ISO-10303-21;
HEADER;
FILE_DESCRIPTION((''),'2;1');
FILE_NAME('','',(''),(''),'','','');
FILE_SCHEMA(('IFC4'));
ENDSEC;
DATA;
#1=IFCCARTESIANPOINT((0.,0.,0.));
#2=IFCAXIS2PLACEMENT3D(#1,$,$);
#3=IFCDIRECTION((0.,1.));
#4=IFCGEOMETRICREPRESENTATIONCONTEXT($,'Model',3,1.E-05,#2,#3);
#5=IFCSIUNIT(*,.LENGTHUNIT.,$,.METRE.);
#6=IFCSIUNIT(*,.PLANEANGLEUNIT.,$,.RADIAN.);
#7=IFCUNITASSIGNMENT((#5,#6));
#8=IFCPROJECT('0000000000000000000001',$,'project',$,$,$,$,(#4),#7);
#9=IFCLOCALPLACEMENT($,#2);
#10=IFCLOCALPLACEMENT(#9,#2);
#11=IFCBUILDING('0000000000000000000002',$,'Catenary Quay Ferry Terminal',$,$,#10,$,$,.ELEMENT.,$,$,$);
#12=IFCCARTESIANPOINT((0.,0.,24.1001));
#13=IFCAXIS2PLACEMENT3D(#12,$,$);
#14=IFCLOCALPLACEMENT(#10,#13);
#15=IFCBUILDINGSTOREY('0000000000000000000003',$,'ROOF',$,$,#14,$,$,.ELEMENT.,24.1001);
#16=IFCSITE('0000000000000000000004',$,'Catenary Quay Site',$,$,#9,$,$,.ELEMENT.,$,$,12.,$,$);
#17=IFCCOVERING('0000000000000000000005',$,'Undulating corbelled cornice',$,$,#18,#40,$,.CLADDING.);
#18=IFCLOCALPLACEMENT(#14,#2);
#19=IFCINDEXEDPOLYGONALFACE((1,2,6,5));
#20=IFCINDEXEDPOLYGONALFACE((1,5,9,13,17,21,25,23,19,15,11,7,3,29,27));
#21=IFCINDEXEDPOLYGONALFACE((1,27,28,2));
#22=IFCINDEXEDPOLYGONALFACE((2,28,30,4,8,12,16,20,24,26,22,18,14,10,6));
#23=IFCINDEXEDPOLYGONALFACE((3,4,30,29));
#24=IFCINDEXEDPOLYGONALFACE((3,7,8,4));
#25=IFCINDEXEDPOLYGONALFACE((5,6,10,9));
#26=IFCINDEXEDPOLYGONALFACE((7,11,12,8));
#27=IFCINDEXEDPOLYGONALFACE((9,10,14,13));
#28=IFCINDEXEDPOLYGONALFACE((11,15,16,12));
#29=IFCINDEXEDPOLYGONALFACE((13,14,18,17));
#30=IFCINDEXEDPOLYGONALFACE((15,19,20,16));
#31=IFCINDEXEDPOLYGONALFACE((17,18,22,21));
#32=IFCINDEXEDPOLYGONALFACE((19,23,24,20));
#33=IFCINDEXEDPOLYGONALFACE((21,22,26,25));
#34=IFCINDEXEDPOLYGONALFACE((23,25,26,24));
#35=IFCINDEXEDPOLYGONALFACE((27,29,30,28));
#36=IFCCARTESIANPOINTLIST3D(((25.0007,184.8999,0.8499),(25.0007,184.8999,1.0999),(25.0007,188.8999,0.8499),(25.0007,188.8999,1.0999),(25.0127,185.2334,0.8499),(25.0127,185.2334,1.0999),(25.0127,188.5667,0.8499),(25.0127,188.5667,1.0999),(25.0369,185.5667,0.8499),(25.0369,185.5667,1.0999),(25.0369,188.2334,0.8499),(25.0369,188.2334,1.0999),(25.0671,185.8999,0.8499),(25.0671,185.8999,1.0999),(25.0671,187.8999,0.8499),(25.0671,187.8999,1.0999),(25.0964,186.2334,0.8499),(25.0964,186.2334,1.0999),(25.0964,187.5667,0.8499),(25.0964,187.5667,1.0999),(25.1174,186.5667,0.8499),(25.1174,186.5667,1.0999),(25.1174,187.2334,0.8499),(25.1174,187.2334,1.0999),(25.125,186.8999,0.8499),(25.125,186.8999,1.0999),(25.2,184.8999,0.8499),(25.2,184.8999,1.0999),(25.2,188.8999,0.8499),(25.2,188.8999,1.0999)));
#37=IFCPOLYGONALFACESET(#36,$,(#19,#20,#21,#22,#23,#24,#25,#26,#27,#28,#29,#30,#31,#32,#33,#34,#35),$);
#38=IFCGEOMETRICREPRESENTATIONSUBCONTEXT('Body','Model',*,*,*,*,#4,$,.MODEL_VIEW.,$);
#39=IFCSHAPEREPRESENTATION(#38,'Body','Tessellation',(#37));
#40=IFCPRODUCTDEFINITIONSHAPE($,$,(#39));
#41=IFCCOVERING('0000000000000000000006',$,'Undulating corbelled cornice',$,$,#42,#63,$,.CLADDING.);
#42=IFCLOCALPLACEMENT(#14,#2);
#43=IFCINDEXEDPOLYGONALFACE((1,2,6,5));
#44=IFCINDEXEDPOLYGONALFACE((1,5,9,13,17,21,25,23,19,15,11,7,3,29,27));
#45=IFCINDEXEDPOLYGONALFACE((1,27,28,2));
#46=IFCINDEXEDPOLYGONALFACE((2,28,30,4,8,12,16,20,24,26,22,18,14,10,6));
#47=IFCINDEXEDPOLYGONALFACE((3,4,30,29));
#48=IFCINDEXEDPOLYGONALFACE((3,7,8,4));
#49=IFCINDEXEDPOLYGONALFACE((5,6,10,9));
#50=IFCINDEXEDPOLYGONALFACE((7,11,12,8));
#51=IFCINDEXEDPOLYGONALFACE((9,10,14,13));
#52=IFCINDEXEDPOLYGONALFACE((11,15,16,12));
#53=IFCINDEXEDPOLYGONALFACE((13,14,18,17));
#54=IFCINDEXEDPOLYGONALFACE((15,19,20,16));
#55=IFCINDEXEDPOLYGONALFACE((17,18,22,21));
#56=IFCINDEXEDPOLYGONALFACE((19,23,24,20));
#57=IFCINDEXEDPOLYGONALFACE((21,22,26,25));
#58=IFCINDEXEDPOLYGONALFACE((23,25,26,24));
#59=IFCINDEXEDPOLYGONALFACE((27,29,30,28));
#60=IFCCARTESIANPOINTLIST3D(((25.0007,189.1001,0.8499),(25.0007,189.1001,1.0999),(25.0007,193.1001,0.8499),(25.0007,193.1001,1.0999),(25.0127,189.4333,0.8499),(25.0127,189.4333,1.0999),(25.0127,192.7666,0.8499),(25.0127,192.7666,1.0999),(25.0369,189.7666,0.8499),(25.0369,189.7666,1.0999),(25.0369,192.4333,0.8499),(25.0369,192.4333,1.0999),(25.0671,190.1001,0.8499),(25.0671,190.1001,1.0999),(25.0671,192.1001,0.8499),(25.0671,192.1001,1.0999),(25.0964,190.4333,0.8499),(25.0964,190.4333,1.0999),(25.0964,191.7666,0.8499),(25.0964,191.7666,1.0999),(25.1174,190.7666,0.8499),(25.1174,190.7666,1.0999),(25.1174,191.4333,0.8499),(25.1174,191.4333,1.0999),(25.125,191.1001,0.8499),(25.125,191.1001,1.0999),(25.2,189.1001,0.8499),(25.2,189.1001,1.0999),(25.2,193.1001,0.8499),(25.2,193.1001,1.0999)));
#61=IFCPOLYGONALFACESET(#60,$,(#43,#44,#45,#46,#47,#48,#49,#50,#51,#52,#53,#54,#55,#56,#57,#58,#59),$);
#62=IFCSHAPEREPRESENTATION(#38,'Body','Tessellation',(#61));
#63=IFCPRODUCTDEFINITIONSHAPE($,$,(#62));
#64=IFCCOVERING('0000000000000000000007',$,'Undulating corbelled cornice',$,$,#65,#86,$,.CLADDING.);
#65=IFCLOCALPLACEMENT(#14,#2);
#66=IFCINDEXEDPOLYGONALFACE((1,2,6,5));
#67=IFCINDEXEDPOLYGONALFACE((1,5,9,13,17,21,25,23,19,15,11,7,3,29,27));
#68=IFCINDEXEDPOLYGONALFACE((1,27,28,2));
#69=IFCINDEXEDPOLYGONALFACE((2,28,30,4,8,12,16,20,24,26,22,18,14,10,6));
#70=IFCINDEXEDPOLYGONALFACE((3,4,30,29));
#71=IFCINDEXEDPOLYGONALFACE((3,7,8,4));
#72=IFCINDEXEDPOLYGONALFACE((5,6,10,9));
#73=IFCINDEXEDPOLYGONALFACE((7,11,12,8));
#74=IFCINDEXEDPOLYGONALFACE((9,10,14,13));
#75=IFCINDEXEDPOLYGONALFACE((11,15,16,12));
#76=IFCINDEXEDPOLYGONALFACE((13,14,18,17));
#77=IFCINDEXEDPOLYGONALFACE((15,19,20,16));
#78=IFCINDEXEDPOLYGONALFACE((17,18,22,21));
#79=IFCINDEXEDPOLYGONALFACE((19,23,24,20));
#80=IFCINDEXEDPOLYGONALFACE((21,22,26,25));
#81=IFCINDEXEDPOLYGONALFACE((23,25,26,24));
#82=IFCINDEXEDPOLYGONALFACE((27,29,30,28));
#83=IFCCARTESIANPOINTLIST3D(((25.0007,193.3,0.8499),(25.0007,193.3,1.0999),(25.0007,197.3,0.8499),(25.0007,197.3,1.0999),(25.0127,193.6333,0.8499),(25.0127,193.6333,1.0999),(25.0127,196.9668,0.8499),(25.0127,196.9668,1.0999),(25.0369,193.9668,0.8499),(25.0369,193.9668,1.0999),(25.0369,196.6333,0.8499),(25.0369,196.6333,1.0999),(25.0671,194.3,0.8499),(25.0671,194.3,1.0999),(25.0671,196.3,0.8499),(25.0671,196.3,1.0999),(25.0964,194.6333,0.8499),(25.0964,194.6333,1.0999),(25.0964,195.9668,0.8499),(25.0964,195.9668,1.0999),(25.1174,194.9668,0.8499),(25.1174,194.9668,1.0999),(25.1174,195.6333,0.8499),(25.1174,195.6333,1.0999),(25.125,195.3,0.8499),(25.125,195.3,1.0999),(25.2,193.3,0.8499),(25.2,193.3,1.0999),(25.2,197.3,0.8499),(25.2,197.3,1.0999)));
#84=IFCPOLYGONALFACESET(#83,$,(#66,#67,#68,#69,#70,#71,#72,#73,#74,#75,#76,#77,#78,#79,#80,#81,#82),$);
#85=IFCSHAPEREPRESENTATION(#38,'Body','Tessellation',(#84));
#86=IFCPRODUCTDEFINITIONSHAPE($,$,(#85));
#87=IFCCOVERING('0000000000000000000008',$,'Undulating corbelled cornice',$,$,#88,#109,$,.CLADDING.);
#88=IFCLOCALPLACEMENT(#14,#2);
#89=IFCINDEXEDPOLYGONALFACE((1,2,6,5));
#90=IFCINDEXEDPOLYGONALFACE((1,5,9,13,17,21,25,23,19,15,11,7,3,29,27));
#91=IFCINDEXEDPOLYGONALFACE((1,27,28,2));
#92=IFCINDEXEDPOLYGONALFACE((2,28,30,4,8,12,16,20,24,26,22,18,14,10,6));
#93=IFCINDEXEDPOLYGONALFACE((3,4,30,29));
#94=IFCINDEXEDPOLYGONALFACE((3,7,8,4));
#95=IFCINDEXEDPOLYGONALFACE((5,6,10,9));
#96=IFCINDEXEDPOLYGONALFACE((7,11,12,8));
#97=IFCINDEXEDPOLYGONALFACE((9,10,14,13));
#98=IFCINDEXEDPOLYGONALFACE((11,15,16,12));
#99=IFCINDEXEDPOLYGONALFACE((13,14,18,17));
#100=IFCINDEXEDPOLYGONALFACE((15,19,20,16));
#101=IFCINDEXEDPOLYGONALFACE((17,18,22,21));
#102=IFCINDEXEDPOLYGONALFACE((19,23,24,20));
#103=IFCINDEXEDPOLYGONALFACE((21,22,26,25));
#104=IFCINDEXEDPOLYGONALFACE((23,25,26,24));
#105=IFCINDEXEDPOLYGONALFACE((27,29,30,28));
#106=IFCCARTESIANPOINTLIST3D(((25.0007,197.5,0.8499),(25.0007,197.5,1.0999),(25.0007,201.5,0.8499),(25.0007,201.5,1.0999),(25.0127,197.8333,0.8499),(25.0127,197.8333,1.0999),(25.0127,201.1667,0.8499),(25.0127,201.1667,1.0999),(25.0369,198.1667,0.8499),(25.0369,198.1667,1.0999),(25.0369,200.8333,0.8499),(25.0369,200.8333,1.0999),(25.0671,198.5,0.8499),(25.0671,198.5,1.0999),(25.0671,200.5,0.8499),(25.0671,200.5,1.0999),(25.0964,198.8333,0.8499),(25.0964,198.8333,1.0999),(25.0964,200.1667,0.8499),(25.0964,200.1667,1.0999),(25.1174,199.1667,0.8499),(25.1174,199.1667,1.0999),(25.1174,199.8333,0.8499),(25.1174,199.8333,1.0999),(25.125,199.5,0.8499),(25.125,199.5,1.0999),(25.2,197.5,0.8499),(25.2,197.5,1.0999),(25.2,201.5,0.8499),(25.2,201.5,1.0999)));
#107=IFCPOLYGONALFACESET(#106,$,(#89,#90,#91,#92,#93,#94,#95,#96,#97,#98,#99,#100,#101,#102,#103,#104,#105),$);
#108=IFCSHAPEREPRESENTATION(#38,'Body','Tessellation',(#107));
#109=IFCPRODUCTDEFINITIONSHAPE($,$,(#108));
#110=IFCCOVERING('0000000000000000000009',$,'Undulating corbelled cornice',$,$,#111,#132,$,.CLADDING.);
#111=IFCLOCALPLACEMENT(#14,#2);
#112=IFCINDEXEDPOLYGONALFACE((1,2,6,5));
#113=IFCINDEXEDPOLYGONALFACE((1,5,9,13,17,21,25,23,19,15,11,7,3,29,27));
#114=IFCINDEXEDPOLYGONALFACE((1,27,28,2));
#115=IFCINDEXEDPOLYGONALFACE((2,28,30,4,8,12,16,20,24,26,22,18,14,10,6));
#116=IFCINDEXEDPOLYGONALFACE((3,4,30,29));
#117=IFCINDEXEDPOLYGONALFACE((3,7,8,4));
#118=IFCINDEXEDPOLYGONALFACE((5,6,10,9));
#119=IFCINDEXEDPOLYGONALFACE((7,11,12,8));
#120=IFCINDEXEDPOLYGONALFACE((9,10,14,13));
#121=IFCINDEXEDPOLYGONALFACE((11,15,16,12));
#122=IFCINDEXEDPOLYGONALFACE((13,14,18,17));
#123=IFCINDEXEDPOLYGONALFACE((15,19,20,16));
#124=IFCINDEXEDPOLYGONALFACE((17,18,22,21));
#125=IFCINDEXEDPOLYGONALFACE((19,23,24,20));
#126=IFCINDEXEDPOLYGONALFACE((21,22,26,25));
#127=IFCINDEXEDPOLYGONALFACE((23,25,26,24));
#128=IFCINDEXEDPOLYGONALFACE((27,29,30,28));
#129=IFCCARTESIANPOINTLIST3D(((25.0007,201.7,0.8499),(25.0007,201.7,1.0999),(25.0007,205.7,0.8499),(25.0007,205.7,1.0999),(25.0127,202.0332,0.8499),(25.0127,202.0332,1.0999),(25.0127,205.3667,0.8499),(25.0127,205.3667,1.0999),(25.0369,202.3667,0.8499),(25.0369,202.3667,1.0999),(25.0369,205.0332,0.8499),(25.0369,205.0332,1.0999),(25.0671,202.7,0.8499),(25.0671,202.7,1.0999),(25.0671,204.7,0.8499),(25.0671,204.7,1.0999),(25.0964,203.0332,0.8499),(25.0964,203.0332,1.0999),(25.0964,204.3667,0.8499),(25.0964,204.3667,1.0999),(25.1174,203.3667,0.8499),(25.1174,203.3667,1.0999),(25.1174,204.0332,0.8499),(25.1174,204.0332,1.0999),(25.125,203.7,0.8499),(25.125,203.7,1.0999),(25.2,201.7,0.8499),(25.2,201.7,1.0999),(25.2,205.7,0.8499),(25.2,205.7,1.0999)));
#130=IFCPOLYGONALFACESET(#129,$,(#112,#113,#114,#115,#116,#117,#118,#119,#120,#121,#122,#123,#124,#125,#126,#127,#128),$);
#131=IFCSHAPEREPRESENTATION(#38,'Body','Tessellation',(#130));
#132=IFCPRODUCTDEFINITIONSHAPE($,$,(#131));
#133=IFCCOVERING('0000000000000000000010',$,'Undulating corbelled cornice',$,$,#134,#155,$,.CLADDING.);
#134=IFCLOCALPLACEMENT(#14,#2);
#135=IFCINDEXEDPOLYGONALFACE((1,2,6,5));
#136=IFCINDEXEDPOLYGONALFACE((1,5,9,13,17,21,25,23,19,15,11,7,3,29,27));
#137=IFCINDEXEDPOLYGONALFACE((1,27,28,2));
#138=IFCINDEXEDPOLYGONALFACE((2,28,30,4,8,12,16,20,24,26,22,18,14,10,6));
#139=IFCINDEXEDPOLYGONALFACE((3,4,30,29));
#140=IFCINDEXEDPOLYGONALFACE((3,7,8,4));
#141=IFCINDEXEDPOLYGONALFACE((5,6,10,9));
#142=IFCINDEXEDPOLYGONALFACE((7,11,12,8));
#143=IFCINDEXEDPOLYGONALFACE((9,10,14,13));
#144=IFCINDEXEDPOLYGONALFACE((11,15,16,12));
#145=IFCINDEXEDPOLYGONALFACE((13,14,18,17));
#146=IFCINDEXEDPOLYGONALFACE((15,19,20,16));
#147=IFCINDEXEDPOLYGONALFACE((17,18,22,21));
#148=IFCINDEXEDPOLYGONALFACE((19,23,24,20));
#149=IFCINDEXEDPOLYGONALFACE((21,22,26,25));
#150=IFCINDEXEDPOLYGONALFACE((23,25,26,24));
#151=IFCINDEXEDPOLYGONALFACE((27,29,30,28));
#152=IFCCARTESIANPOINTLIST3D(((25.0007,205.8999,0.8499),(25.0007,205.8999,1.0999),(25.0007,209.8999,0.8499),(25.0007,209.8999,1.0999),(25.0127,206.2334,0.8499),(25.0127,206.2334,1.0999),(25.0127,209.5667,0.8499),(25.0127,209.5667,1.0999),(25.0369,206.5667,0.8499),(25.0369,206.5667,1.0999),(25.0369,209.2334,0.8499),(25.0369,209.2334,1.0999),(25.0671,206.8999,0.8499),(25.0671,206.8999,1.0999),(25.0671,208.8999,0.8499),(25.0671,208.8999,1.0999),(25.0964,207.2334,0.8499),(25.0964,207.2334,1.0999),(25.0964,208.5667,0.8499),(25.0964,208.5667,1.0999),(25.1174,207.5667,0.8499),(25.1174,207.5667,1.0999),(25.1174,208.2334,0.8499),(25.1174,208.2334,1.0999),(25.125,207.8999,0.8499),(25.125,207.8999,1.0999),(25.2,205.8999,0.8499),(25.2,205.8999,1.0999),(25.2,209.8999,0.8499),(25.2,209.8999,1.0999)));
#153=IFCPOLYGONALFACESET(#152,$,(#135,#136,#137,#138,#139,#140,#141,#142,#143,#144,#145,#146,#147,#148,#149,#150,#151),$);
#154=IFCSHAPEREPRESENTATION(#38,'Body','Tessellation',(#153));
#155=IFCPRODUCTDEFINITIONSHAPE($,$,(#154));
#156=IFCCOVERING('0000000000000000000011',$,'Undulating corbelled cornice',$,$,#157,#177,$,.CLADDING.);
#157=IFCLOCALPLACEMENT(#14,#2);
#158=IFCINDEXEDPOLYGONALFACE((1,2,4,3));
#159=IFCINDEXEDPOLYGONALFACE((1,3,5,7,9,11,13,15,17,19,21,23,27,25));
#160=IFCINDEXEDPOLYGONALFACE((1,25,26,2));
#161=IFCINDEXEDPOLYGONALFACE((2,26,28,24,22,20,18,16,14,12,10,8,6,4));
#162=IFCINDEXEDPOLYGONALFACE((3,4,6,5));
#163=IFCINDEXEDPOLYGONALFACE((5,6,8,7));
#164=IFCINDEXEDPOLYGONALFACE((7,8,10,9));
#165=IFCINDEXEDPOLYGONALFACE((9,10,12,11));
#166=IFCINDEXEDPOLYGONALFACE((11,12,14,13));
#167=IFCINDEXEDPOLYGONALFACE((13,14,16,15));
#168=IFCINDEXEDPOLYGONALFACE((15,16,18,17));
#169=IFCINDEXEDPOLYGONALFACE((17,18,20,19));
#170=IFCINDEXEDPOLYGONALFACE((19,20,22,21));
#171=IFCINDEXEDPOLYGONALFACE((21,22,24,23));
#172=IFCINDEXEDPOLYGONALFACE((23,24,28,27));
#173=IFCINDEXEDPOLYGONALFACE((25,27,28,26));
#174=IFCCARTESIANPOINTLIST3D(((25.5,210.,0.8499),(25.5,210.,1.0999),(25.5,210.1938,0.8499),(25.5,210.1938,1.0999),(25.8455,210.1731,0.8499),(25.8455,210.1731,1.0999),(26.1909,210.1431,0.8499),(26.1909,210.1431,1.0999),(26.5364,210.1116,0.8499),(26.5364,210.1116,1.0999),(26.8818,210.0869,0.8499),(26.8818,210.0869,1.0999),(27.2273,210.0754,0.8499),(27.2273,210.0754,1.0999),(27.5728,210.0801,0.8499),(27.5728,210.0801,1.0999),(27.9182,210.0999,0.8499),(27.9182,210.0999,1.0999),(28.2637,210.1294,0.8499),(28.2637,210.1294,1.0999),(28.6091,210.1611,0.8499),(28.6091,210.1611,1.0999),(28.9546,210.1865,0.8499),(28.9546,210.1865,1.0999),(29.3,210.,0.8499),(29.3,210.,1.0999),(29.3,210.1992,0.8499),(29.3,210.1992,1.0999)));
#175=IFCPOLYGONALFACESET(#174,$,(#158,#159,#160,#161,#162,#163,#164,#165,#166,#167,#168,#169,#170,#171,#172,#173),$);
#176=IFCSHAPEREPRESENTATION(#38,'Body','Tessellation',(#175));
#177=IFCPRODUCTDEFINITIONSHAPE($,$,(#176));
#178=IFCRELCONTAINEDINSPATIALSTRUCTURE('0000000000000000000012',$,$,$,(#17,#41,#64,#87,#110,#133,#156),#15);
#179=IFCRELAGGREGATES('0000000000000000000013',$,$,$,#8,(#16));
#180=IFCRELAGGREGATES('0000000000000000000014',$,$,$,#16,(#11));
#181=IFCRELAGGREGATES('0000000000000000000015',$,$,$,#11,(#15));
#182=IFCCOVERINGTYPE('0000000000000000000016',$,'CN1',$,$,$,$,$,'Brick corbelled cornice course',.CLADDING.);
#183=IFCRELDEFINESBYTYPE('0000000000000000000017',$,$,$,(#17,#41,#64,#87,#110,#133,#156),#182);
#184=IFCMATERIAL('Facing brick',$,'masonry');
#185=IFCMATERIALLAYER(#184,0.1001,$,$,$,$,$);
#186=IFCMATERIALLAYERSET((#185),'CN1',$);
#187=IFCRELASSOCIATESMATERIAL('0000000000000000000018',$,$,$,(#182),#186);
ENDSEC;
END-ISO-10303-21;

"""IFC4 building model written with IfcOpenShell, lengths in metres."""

from ifc_helpers import new_model, si_unit, direction, frame, origin, place, context, subcontext, project, spatial, polyline, outline, extrude, material, layer, layer_set, type_object, element, save


model = new_model("IFC4")

# Units and contexts
model_context = context("Model", 3, precision=1e-05, world=origin(), true_north=direction((0.0, 1.0)))
body_context = subcontext(model_context, "Body", "Model", "MODEL_VIEW")
ifc_project = project(units=[si_unit("LENGTHUNIT", "METRE"), si_unit("PLANEANGLEUNIT", "RADIAN")], contexts=[model_context])

# Site, building, storey
site_placement = place(None, origin())
site = spatial("IfcSite", under=ifc_project, at=site_placement, Name="Catenary Quay Site", CompositionType="ELEMENT", RefElevation=12.0)
building_placement = place(site_placement, origin())
building = spatial("IfcBuilding", under=site, at=building_placement, Name="Catenary Quay Ferry Terminal", CompositionType="ELEMENT")
storey_placement = place(building_placement, frame((0.0, 0.0, 24.1001)))
storey = spatial("IfcBuildingStorey", under=building, at=storey_placement, Name="ROOF", CompositionType="ELEMENT", Elevation=24.1001)

# Coverings
ifc_material_1 = material(Name="Facing brick", Category="masonry")
ifc_layer_1 = layer(ifc_material_1, 0.1001)
ifc_layer_set_1 = layer_set([ifc_layer_1], Name="CN1")
covering_type = type_object("IfcCoveringType", Name="CN1", ElementType="Brick corbelled cornice course", PredefinedType="CLADDING", material=ifc_layer_set_1)
covering_1_placement = place(storey_placement, frame((0.0, 0.0, 0.8499)))
element("IfcCovering", 1, at=covering_1_placement, inside=storey, type_object=covering_type, Name="Undulating corbelled cornice", PredefinedType="CLADDING", context=body_context, shape_type="SweptSolid", body=[
    extrude(outline(polyline([(25.2, 184.8999), (25.0007, 184.8999), (25.0127, 185.2334), (25.0369, 185.5667), (25.0671, 185.8999), (25.0964, 186.2334), (25.1174, 186.5667), (25.125, 186.8999), (25.1174, 187.2334), (25.0964, 187.5667), (25.0671, 187.8999), (25.0369, 188.2334), (25.0127, 188.5667), (25.0007, 188.8999), (25.2, 188.8999), (25.2, 184.8999)])), origin(), (0.0, 0.0, 1.0), 0.25),
])
covering_2_placement = place(storey_placement, frame((0.0, 0.0, 0.8499)))
element("IfcCovering", 2, at=covering_2_placement, inside=storey, type_object=covering_type, Name="Undulating corbelled cornice", PredefinedType="CLADDING", context=body_context, shape_type="SweptSolid", body=[
    extrude(outline(polyline([(25.2, 189.1001), (25.0007, 189.1001), (25.0127, 189.4333), (25.0369, 189.7666), (25.0671, 190.1001), (25.0964, 190.4333), (25.1174, 190.7666), (25.125, 191.1001), (25.1174, 191.4333), (25.0964, 191.7666), (25.0671, 192.1001), (25.0369, 192.4333), (25.0127, 192.7666), (25.0007, 193.1001), (25.2, 193.1001), (25.2, 189.1001)])), origin(), (0.0, 0.0, 1.0), 0.25),
])
covering_3_placement = place(storey_placement, frame((0.0, 0.0, 0.8499)))
element("IfcCovering", 3, at=covering_3_placement, inside=storey, type_object=covering_type, Name="Undulating corbelled cornice", PredefinedType="CLADDING", context=body_context, shape_type="SweptSolid", body=[
    extrude(outline(polyline([(25.2, 193.3), (25.0007, 193.3), (25.0127, 193.6333), (25.0369, 193.9668), (25.0671, 194.3), (25.0964, 194.6333), (25.1174, 194.9668), (25.125, 195.3), (25.1174, 195.6333), (25.0964, 195.9668), (25.0671, 196.3), (25.0369, 196.6333), (25.0127, 196.9668), (25.0007, 197.3), (25.2, 197.3), (25.2, 193.3)])), origin(), (0.0, 0.0, 1.0), 0.25),
])
covering_4_placement = place(storey_placement, frame((0.0, 0.0, 0.8499)))
element("IfcCovering", 4, at=covering_4_placement, inside=storey, type_object=covering_type, Name="Undulating corbelled cornice", PredefinedType="CLADDING", context=body_context, shape_type="SweptSolid", body=[
    extrude(outline(polyline([(25.2, 197.5), (25.0007, 197.5), (25.0127, 197.8333), (25.0369, 198.1667), (25.0671, 198.5), (25.0964, 198.8333), (25.1174, 199.1667), (25.125, 199.5), (25.1174, 199.8333), (25.0964, 200.1667), (25.0671, 200.5), (25.0369, 200.8333), (25.0127, 201.1667), (25.0007, 201.5), (25.2, 201.5), (25.2, 197.5)])), origin(), (0.0, 0.0, 1.0), 0.25),
])
covering_5_placement = place(storey_placement, frame((0.0, 0.0, 0.8499)))
element("IfcCovering", 5, at=covering_5_placement, inside=storey, type_object=covering_type, Name="Undulating corbelled cornice", PredefinedType="CLADDING", context=body_context, shape_type="SweptSolid", body=[
    extrude(outline(polyline([(25.2, 201.7), (25.0007, 201.7), (25.0127, 202.0332), (25.0369, 202.3667), (25.0671, 202.7), (25.0964, 203.0332), (25.1174, 203.3667), (25.125, 203.7), (25.1174, 204.0332), (25.0964, 204.3667), (25.0671, 204.7), (25.0369, 205.0332), (25.0127, 205.3667), (25.0007, 205.7), (25.2, 205.7), (25.2, 201.7)])), origin(), (0.0, 0.0, 1.0), 0.25),
])
covering_6_placement = place(storey_placement, frame((0.0, 0.0, 0.8499)))
element("IfcCovering", 6, at=covering_6_placement, inside=storey, type_object=covering_type, Name="Undulating corbelled cornice", PredefinedType="CLADDING", context=body_context, shape_type="SweptSolid", body=[
    extrude(outline(polyline([(25.2, 205.8999), (25.0007, 205.8999), (25.0127, 206.2334), (25.0369, 206.5667), (25.0671, 206.8999), (25.0964, 207.2334), (25.1174, 207.5667), (25.125, 207.8999), (25.1174, 208.2334), (25.0964, 208.5667), (25.0671, 208.8999), (25.0369, 209.2334), (25.0127, 209.5667), (25.0007, 209.8999), (25.2, 209.8999), (25.2, 205.8999)])), origin(), (0.0, 0.0, 1.0), 0.25),
])
covering_7_placement = place(storey_placement, frame((0.0, 0.0, 0.8499)))
element("IfcCovering", 7, at=covering_7_placement, inside=storey, type_object=covering_type, Name="Undulating corbelled cornice", PredefinedType="CLADDING", context=body_context, shape_type="SweptSolid", body=[
    extrude(outline(polyline([(25.5, 210.0), (25.5, 210.1938), (25.8455, 210.1731), (26.1909, 210.1431), (26.5364, 210.1116), (26.8818, 210.0869), (27.2273, 210.0754), (27.5728, 210.0801), (27.9182, 210.0999), (28.2637, 210.1294), (28.6091, 210.1611), (28.9546, 210.1865), (29.3, 210.1992), (29.3, 210.0), (25.5, 210.0)])), origin(), (0.0, 0.0, 1.0), 0.25),
])

save(model, "model.ifc")
